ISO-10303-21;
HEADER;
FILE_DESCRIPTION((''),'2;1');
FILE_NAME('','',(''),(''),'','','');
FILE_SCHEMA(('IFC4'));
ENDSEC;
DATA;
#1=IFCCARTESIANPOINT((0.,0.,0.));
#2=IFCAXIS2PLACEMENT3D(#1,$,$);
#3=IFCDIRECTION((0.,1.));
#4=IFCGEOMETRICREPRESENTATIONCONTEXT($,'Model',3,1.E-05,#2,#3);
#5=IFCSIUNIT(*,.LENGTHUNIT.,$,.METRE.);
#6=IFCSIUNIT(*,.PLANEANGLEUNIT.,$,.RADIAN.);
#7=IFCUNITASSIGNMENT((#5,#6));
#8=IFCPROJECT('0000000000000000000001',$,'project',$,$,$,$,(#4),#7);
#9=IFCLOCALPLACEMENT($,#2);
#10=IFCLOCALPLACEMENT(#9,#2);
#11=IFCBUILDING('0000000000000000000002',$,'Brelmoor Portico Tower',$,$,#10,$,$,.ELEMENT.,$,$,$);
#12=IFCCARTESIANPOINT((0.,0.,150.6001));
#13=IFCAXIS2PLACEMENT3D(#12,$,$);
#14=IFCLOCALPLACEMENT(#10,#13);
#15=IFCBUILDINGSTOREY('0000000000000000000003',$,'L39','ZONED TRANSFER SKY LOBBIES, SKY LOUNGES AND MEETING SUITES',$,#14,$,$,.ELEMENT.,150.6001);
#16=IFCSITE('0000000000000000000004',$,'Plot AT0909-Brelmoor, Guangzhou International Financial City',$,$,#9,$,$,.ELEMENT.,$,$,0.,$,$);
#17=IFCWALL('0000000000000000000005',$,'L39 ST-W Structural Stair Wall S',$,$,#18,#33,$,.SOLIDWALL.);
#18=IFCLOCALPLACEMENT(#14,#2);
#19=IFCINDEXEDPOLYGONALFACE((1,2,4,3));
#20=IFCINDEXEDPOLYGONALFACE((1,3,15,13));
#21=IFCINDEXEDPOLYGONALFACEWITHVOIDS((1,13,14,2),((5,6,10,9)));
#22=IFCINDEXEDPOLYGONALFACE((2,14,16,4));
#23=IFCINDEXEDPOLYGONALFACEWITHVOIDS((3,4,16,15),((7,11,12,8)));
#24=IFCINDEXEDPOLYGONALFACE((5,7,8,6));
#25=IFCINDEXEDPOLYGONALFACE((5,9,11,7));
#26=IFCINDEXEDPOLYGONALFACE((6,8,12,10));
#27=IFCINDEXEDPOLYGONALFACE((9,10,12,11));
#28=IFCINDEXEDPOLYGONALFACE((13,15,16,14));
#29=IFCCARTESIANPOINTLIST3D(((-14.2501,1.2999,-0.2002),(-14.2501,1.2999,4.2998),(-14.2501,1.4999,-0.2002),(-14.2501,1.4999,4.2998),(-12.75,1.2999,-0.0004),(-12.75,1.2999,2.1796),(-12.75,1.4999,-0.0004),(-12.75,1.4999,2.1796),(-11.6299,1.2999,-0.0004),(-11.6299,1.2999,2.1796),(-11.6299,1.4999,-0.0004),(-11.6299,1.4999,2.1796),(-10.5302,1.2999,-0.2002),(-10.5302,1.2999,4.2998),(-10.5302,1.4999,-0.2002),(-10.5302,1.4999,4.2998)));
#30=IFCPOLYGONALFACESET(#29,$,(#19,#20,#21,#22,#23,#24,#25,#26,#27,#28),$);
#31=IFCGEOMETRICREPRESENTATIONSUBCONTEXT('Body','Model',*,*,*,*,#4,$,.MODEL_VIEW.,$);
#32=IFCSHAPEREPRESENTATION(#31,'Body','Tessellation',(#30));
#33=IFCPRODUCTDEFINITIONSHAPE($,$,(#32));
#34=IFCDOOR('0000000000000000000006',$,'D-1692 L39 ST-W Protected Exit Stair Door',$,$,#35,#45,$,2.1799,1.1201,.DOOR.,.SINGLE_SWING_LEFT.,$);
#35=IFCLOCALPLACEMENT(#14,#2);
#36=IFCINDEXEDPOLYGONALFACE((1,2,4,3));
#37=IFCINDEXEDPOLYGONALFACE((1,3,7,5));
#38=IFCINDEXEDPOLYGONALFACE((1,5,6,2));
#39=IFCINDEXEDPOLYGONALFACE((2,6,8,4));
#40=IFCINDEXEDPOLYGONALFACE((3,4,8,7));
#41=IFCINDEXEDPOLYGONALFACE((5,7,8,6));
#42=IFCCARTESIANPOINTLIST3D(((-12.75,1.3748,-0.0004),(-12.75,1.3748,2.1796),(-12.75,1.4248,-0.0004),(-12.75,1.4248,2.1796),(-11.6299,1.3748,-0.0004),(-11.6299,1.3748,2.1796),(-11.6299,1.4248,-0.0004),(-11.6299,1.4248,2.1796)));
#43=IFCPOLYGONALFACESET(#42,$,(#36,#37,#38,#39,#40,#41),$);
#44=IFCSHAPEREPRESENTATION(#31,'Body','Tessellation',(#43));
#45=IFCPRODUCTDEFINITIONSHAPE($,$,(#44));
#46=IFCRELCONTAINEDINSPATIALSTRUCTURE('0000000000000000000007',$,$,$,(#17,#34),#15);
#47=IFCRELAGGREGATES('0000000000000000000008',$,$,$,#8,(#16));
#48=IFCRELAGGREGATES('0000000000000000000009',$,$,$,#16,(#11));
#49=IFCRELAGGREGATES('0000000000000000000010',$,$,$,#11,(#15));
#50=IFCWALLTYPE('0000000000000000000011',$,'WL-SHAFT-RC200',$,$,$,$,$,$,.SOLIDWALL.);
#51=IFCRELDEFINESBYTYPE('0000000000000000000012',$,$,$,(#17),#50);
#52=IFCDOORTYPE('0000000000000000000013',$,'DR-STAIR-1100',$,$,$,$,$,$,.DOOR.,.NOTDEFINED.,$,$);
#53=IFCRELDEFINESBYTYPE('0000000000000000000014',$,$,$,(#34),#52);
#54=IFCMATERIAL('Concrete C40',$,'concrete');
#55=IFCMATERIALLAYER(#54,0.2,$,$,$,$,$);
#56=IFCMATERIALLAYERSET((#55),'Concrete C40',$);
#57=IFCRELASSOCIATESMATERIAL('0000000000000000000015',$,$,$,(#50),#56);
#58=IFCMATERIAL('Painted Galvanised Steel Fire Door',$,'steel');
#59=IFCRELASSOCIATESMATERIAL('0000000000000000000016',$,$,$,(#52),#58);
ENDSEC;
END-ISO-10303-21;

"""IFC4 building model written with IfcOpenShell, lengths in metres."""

from ifc_helpers import new_model, si_unit, direction, frame, frame_2d, origin, place, context, subcontext, project, spatial, rectangle, extrude, material, layer, layer_set, type_object, element, fill, save


model = new_model("IFC4")

# Units and contexts
model_context = context("Model", 3, precision=1e-05, world=origin(), true_north=direction((0.0, 1.0)))
body_context = subcontext(model_context, "Body", "Model", "MODEL_VIEW")
ifc_project = project(units=[si_unit("LENGTHUNIT", "METRE"), si_unit("PLANEANGLEUNIT", "RADIAN")], contexts=[model_context])

# Site, building, storey
site_placement = place(None, origin())
site = spatial("IfcSite", under=ifc_project, at=site_placement, Name="Plot AT0909-Brelmoor, Guangzhou International Financial City", CompositionType="ELEMENT", RefElevation=0.0)
building_placement = place(site_placement, origin())
building = spatial("IfcBuilding", under=site, at=building_placement, Name="Brelmoor Portico Tower", CompositionType="ELEMENT")
storey_placement = place(building_placement, frame((0.0, 0.0, 150.6001)))
storey = spatial("IfcBuildingStorey", under=building, at=storey_placement, Name="L39", Description="ZONED TRANSFER SKY LOBBIES, SKY LOUNGES AND MEETING SUITES", CompositionType="ELEMENT", Elevation=150.6001)

# Wall, opening, door
ifc_material_1 = material(Name="Concrete C40", Category="concrete")
ifc_layer_1 = layer(ifc_material_1, 0.2)
ifc_layer_set_1 = layer_set([ifc_layer_1], Name="Concrete C40")
wall_type_1 = type_object("IfcWallType", Name="WL-SHAFT-RC200", PredefinedType="SOLIDWALL", material=ifc_layer_set_1)
wall_1_placement = place(storey_placement, frame((-14.25, 1.3999, -0.2002), z_axis=(0.0, 0.0, 1.0), x_axis=(1.0, 0.0, 0.0)))
wall_1 = element("IfcWall", 1, at=wall_1_placement, inside=storey, type_object=wall_type_1, Name="L39 ST-W Structural Stair Wall S", PredefinedType="SOLIDWALL", context=body_context, shape_type="SweptSolid", body=[
    extrude(rectangle(XDim=3.72, YDim=0.2, at=frame_2d((1.8599, 0.0))), origin(), (0.0, 0.0, 1.0), 4.5),
])
opening_1_placement = place(wall_1_placement, frame((1.5, 0.0, 0.2)))
opening_1 = element("IfcOpeningElement", 2, at=opening_1_placement, cuts=wall_1, PredefinedType="OPENING", context=body_context, shape_type="SweptSolid", body=[
    extrude(rectangle(XDim=1.1201, YDim=2.1799, at=frame_2d((0.5601, 1.0898))), frame((0.0, 0.1099, 0.0), z_axis=(0.0, -1.0, 0.0), x_axis=(1.0, 0.0, 0.0)), (0.0, 0.0, 1.0), 0.22),
])
ifc_material_2 = material(Name="Painted Galvanised Steel Fire Door", Category="steel")
door_type_1 = type_object("IfcDoorType", Name="DR-STAIR-1100", OperationType="NOTDEFINED", PredefinedType="DOOR", material=ifc_material_2)
door_1_placement = place(opening_1_placement, origin())
door_1 = element("IfcDoor", 3, at=door_1_placement, inside=storey, type_object=door_type_1, Name="D-1692 L39 ST-W Protected Exit Stair Door", OperationType="SINGLE_SWING_LEFT", OverallHeight=2.1799, OverallWidth=1.1201, PredefinedType="DOOR", context=body_context, shape_type="SweptSolid", body=[
    extrude(rectangle(XDim=1.1201, YDim=2.1799, at=frame_2d((0.5601, 1.0898))), frame((0.0, 0.0249, 0.0), z_axis=(0.0, -1.0, 0.0), x_axis=(1.0, 0.0, 0.0)), (0.0, 0.0, 1.0), 0.05),
])
fill(opening_1, door_1)

save(model, "model.ifc")
